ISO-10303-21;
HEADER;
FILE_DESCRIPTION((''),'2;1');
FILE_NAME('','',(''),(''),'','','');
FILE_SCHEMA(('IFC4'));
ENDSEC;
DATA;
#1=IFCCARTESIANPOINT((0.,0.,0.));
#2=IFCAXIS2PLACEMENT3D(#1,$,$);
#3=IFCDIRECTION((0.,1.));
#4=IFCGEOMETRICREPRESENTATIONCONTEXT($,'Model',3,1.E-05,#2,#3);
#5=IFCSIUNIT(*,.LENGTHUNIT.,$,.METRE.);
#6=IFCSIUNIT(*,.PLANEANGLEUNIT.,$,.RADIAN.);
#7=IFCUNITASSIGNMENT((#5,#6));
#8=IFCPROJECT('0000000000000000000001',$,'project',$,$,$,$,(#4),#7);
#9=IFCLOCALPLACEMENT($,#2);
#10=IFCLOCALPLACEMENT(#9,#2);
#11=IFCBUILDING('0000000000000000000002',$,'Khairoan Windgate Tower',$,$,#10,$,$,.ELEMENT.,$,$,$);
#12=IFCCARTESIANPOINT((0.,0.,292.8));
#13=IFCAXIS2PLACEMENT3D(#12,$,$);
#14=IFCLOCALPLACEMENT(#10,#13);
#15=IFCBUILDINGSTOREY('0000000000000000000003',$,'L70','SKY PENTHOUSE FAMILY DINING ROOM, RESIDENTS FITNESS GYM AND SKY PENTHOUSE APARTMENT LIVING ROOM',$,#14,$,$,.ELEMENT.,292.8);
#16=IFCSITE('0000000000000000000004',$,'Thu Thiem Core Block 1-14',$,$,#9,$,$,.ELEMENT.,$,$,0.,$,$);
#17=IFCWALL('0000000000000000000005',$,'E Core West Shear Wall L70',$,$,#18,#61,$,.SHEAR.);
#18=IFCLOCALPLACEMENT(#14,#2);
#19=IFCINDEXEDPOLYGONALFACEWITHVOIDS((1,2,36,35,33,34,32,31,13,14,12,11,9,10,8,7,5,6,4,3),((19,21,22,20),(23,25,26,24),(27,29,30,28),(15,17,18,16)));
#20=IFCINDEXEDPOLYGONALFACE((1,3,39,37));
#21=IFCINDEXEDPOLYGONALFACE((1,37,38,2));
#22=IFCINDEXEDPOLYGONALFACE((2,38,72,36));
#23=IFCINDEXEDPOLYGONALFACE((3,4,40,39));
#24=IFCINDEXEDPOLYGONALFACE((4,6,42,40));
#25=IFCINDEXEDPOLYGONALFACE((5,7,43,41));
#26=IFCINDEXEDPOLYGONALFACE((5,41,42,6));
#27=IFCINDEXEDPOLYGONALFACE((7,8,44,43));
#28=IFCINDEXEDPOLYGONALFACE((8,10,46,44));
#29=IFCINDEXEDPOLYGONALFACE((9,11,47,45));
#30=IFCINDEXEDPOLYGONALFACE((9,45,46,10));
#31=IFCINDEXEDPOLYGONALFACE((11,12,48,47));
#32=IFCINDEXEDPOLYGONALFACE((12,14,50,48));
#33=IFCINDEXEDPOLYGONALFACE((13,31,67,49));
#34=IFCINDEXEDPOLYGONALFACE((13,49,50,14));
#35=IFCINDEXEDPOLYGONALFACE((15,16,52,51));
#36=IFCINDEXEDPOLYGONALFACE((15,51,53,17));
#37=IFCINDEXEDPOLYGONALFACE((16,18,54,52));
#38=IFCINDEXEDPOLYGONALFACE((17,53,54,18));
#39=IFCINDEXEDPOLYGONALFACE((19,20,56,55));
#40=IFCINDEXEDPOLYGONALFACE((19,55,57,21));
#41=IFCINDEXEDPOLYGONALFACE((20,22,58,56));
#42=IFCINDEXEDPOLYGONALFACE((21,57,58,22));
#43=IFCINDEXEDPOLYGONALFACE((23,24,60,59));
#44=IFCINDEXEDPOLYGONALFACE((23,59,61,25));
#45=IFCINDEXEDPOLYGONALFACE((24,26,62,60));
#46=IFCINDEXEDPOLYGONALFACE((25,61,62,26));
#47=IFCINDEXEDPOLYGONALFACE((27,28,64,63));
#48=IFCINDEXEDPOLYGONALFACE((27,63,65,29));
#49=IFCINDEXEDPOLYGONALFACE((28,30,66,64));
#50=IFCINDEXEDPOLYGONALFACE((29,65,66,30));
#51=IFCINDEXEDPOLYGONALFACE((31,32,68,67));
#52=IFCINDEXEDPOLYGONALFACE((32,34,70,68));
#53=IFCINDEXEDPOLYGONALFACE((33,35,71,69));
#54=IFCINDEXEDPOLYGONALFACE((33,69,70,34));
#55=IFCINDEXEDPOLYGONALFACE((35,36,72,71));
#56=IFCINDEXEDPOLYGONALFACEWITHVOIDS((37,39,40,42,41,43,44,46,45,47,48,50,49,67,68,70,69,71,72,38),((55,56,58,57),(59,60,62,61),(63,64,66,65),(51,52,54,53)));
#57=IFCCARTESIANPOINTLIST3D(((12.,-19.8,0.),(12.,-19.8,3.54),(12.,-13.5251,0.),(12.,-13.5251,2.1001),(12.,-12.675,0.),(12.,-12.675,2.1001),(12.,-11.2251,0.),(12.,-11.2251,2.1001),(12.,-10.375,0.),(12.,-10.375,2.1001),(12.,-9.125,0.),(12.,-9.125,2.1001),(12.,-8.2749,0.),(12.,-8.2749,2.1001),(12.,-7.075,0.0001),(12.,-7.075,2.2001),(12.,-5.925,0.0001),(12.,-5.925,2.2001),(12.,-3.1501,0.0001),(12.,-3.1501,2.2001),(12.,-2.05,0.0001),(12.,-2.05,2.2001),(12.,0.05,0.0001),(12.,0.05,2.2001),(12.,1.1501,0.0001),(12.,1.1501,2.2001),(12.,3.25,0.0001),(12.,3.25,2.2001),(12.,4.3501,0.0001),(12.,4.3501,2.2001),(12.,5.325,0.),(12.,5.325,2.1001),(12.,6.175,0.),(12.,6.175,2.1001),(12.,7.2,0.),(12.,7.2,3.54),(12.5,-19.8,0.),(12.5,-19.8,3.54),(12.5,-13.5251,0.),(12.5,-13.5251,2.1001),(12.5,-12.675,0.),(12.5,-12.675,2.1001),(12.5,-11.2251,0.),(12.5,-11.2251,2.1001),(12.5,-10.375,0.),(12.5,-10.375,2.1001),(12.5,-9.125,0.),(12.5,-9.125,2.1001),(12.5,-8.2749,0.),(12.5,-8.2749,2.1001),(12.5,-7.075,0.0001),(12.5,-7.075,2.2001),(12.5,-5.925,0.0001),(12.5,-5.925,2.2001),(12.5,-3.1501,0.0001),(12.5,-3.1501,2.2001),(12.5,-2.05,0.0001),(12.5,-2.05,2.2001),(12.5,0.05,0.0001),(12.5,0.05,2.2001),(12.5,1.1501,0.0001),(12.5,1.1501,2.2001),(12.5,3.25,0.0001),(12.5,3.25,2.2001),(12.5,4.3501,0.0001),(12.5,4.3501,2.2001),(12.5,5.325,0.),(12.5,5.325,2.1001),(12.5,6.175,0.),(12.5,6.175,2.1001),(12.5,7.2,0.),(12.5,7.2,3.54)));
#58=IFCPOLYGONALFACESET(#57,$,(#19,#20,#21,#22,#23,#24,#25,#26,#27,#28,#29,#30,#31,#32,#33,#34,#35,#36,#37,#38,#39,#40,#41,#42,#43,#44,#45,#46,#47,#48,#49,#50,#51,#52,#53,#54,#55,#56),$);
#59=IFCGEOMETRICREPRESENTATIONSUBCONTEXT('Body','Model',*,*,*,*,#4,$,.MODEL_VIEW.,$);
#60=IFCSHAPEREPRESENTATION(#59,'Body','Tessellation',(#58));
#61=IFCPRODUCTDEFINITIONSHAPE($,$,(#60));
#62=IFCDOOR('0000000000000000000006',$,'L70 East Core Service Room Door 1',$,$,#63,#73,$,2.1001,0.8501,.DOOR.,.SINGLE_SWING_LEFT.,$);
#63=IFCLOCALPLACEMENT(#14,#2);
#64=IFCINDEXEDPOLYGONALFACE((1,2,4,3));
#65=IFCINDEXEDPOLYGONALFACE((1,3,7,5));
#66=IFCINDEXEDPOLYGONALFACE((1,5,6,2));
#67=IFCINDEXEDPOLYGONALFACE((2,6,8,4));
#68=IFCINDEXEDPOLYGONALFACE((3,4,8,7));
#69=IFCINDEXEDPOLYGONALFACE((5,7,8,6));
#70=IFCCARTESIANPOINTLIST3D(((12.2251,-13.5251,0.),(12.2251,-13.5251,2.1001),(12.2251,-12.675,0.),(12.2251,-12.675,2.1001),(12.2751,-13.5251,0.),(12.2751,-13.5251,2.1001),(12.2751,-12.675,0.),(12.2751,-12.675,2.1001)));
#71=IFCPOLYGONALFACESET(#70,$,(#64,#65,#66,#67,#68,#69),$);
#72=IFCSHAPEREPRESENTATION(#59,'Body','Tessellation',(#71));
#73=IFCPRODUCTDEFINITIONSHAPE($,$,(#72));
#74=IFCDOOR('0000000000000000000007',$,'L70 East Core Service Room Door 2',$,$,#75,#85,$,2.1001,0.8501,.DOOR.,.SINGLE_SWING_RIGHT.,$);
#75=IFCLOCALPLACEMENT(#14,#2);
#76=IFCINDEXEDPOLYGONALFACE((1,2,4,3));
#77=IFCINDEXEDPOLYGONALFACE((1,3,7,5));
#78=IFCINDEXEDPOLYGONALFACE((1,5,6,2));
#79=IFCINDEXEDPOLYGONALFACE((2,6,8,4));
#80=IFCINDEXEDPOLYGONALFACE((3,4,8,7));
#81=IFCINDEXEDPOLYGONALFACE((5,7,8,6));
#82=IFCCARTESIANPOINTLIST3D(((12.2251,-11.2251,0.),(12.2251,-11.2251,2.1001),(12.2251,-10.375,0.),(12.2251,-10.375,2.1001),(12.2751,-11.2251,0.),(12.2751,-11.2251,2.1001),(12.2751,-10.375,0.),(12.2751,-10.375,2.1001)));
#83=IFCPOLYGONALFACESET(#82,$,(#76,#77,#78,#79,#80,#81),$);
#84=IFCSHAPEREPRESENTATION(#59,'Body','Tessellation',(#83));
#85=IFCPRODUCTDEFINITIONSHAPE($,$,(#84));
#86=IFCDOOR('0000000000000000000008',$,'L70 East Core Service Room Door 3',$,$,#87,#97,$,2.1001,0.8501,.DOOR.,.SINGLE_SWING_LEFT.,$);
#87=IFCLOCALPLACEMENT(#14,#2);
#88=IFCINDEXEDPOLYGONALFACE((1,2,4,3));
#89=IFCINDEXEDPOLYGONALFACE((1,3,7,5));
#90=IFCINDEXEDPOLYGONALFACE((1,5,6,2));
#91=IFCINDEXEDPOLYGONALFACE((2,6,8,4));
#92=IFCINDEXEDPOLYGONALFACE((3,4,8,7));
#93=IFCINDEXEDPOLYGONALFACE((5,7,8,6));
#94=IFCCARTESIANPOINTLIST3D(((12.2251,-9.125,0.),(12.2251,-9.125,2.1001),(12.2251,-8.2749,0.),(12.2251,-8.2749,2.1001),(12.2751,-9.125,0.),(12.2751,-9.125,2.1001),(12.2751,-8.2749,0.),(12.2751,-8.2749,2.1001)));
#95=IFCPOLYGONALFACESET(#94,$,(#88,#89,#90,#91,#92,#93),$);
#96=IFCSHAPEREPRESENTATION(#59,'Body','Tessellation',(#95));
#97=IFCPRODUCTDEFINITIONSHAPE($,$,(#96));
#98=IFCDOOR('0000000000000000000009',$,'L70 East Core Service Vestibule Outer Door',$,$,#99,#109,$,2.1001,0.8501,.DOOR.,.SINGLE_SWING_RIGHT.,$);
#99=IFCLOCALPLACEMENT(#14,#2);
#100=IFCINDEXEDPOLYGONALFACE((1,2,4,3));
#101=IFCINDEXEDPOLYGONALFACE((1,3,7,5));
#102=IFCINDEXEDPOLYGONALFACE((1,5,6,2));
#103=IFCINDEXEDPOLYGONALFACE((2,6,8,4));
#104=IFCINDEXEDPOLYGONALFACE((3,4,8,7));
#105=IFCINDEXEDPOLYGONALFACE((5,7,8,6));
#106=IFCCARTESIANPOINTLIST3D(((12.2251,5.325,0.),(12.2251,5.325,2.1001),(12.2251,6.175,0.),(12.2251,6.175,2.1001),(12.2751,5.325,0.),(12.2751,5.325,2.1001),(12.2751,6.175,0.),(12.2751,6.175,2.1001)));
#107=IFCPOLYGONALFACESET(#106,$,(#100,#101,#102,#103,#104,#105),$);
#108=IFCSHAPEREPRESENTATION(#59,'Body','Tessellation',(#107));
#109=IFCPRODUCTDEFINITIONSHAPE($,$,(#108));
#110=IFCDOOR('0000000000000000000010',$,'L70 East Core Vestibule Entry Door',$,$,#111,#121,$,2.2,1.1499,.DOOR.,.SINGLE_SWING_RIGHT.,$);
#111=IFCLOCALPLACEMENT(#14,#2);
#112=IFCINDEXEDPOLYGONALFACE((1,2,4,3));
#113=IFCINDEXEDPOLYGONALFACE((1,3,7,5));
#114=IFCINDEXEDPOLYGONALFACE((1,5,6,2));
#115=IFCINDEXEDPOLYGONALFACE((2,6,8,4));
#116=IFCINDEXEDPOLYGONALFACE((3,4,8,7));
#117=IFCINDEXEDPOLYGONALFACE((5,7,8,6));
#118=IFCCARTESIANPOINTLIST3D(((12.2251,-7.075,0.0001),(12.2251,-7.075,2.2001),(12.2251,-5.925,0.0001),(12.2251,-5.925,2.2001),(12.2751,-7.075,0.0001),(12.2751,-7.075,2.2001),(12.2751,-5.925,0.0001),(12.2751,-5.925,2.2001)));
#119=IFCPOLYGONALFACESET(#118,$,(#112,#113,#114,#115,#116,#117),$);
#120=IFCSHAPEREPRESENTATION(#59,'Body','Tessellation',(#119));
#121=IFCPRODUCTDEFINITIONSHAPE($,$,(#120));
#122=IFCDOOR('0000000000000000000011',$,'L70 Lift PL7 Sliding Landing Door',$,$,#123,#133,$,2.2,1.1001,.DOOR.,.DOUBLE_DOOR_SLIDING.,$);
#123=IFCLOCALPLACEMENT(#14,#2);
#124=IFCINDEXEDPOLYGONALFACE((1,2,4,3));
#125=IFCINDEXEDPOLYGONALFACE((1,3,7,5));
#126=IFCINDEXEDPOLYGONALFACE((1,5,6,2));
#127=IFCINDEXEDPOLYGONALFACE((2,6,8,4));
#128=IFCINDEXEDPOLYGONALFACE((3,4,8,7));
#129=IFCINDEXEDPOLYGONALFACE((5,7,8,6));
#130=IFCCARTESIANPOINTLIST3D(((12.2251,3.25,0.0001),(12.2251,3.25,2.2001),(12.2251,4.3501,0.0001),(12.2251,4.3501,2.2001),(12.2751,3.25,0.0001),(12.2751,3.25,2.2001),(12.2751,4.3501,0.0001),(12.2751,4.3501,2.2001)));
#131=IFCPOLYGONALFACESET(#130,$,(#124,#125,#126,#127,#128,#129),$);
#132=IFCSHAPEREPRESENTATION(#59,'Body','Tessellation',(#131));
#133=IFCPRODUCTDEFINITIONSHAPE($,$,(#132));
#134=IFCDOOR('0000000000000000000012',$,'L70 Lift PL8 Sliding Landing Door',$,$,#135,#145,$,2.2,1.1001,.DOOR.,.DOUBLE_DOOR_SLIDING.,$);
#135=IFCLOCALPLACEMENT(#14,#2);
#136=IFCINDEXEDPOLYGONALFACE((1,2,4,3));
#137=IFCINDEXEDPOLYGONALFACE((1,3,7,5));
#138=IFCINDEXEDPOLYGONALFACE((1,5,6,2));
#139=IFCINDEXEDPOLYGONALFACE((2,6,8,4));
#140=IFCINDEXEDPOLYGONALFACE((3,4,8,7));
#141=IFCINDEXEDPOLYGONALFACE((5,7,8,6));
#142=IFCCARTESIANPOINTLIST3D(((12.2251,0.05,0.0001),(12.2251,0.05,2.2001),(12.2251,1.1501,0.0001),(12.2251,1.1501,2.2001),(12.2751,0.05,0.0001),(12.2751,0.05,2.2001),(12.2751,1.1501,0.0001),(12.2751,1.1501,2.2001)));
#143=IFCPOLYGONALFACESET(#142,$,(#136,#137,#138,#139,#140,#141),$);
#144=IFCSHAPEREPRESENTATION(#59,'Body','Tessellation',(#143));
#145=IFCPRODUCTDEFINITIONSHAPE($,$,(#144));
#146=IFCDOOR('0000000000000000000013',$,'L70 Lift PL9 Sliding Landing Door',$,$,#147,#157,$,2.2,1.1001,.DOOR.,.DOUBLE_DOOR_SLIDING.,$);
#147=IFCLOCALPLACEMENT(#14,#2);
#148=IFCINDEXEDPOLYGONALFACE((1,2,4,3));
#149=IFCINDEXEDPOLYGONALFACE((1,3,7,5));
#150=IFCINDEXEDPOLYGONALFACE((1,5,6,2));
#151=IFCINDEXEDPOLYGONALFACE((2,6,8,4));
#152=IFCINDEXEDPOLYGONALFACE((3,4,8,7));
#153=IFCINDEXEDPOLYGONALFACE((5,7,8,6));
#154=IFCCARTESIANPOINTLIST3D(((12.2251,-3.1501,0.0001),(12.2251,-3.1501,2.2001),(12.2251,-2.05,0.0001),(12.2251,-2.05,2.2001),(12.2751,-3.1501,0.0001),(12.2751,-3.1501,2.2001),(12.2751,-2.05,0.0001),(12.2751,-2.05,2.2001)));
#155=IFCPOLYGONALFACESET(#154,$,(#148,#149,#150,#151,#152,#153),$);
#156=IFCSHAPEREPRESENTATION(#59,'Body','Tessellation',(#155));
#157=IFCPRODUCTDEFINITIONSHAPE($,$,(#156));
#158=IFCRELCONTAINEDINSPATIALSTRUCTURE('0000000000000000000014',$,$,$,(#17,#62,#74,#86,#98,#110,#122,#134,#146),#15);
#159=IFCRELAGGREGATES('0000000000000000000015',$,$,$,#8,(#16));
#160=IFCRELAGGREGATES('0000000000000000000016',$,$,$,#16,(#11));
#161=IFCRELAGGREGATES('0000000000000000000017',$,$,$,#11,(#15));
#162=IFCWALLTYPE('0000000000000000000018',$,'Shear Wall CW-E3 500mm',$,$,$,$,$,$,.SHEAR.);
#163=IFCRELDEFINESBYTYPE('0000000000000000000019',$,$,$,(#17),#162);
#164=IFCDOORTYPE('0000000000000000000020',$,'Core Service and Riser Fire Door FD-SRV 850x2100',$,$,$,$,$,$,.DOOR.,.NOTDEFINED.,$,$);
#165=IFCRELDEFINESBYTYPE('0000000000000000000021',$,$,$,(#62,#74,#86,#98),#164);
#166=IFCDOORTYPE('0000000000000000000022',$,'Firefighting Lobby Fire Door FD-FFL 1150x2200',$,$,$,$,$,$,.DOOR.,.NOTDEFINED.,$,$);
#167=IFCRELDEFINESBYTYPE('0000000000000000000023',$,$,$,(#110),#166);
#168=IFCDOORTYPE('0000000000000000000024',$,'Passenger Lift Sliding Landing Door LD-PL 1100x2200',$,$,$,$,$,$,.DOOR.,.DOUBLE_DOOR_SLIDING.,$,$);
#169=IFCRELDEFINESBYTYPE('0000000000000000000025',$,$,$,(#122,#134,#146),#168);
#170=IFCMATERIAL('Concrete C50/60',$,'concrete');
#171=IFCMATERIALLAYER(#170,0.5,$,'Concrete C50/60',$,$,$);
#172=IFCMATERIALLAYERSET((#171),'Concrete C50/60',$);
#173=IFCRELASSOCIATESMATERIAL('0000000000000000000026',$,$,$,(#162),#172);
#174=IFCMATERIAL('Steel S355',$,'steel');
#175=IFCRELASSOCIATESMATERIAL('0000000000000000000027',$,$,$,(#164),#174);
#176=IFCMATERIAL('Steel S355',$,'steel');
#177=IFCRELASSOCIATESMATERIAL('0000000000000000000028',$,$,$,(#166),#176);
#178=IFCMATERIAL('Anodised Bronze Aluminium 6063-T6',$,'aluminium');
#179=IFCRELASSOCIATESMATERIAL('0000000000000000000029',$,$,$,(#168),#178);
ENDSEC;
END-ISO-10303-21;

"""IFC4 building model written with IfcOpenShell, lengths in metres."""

from ifc_helpers import new_model, si_unit, direction, frame, frame_2d, origin, place, context, subcontext, project, spatial, rectangle, extrude, material, layer, layer_set, type_object, element, fill, save


model = new_model("IFC4")

# Units and contexts
model_context = context("Model", 3, precision=1e-05, world=origin(), true_north=direction((0.0, 1.0)))
body_context = subcontext(model_context, "Body", "Model", "MODEL_VIEW")
ifc_project = project(units=[si_unit("LENGTHUNIT", "METRE"), si_unit("PLANEANGLEUNIT", "RADIAN")], contexts=[model_context])

# Site, building, storey
site_placement = place(None, origin())
site = spatial("IfcSite", under=ifc_project, at=site_placement, Name="Thu Thiem Core Block 1-14", CompositionType="ELEMENT", RefElevation=0.0)
building_placement = place(site_placement, origin())
building = spatial("IfcBuilding", under=site, at=building_placement, Name="Khairoan Windgate Tower", CompositionType="ELEMENT")
storey_placement = place(building_placement, frame((0.0, 0.0, 292.8)))
storey = spatial("IfcBuildingStorey", under=building, at=storey_placement, Name="L70", Description="SKY PENTHOUSE FAMILY DINING ROOM, RESIDENTS FITNESS GYM AND SKY PENTHOUSE APARTMENT LIVING ROOM", CompositionType="ELEMENT", Elevation=292.8)

# Wall, openings, doors
ifc_material_1 = material(Name="Concrete C50/60", Category="concrete")
ifc_layer_1 = layer(ifc_material_1, 0.5, Name="Concrete C50/60")
ifc_layer_set_1 = layer_set([ifc_layer_1], Name="Concrete C50/60")
wall_type_1 = type_object("IfcWallType", Name="Shear Wall CW-E3 500mm", PredefinedType="SHEAR", material=ifc_layer_set_1)
wall_1_placement = place(storey_placement, frame((12.25, -19.8, 0.0), z_axis=(0.0, 0.0, 1.0), x_axis=(0.0, 1.0, 0.0)))
wall_1 = element("IfcWall", 1, at=wall_1_placement, inside=storey, type_object=wall_type_1, Name="E Core West Shear Wall L70", PredefinedType="SHEAR", context=body_context, shape_type="SweptSolid", body=[
    extrude(rectangle(XDim=27.0, YDim=0.5, at=frame_2d((13.5, 0.0))), origin(), (0.0, 0.0, 1.0), 3.54),
])
opening_1_placement = place(wall_1_placement, frame((23.05, 0.0, 0.0)))
opening_1 = element("IfcOpeningElement", 2, at=opening_1_placement, cuts=wall_1, PredefinedType="OPENING", context=body_context, shape_type="SweptSolid", body=[
    extrude(rectangle(XDim=1.1001, YDim=2.2, at=frame_2d((0.55, 1.1001))), frame((0.0, 0.26, 0.0), z_axis=(0.0, -1.0, 0.0), x_axis=(1.0, 0.0, 0.0)), (0.0, 0.0, 1.0), 0.52),
])
opening_2_placement = place(wall_1_placement, frame((19.8501, 0.0, 0.0)))
opening_2 = element("IfcOpeningElement", 3, at=opening_2_placement, cuts=wall_1, PredefinedType="OPENING", context=body_context, shape_type="SweptSolid", body=[
    extrude(rectangle(XDim=1.1001, YDim=2.2, at=frame_2d((0.55, 1.1001))), frame((0.0, 0.26, 0.0), z_axis=(0.0, -1.0, 0.0), x_axis=(1.0, 0.0, 0.0)), (0.0, 0.0, 1.0), 0.52),
])
opening_3_placement = place(wall_1_placement, frame((16.6499, 0.0, 0.0)))
opening_3 = element("IfcOpeningElement", 4, at=opening_3_placement, cuts=wall_1, PredefinedType="OPENING", context=body_context, shape_type="SweptSolid", body=[
    extrude(rectangle(XDim=1.1001, YDim=2.2, at=frame_2d((0.55, 1.1001))), frame((0.0, 0.26, 0.0), z_axis=(0.0, -1.0, 0.0), x_axis=(1.0, 0.0, 0.0)), (0.0, 0.0, 1.0), 0.52),
])
opening_4_placement = place(wall_1_placement, frame((6.2749, 0.0, 0.0)))
opening_4 = element("IfcOpeningElement", 5, at=opening_4_placement, cuts=wall_1, PredefinedType="OPENING", context=body_context, shape_type="SweptSolid", body=[
    extrude(rectangle(XDim=0.8501, YDim=2.1001, at=frame_2d((0.425, 1.05))), frame((0.0, 0.26, 0.0), z_axis=(0.0, -1.0, 0.0), x_axis=(1.0, 0.0, 0.0)), (0.0, 0.0, 1.0), 0.52),
])
opening_5_placement = place(wall_1_placement, frame((8.575, 0.0, 0.0)))
opening_5 = element("IfcOpeningElement", 6, at=opening_5_placement, cuts=wall_1, PredefinedType="OPENING", context=body_context, shape_type="SweptSolid", body=[
    extrude(rectangle(XDim=0.8501, YDim=2.1001, at=frame_2d((0.425, 1.05))), frame((0.0, 0.26, 0.0), z_axis=(0.0, -1.0, 0.0), x_axis=(1.0, 0.0, 0.0)), (0.0, 0.0, 1.0), 0.52),
])
opening_6_placement = place(wall_1_placement, frame((10.675, 0.0, 0.0)))
opening_6 = element("IfcOpeningElement", 7, at=opening_6_placement, cuts=wall_1, PredefinedType="OPENING", context=body_context, shape_type="SweptSolid", body=[
    extrude(rectangle(XDim=0.8501, YDim=2.1001, at=frame_2d((0.425, 1.05))), frame((0.0, 0.26, 0.0), z_axis=(0.0, -1.0, 0.0), x_axis=(1.0, 0.0, 0.0)), (0.0, 0.0, 1.0), 0.52),
])
opening_7_placement = place(wall_1_placement, frame((12.7251, 0.0, 0.0)))
opening_7 = element("IfcOpeningElement", 8, at=opening_7_placement, cuts=wall_1, PredefinedType="OPENING", context=body_context, shape_type="SweptSolid", body=[
    extrude(rectangle(XDim=1.1499, YDim=2.2, at=frame_2d((0.575, 1.1001))), frame((0.0, 0.26, 0.0), z_axis=(0.0, -1.0, 0.0), x_axis=(1.0, 0.0, 0.0)), (0.0, 0.0, 1.0), 0.52),
])
opening_8_placement = place(wall_1_placement, frame((25.125, 0.0, 0.0)))
opening_8 = element("IfcOpeningElement", 9, at=opening_8_placement, cuts=wall_1, PredefinedType="OPENING", context=body_context, shape_type="SweptSolid", body=[
    extrude(rectangle(XDim=0.8501, YDim=2.1001, at=frame_2d((0.425, 1.05))), frame((0.0, 0.26, 0.0), z_axis=(0.0, -1.0, 0.0), x_axis=(1.0, 0.0, 0.0)), (0.0, 0.0, 1.0), 0.52),
])
ifc_material_2 = material(Name="Steel S355", Category="steel")
door_type_1 = type_object("IfcDoorType", Name="Core Service and Riser Fire Door FD-SRV 850x2100", OperationType="NOTDEFINED", PredefinedType="DOOR", material=ifc_material_2)
door_1_placement = place(opening_4_placement, origin())
door_1 = element("IfcDoor", 10, at=door_1_placement, inside=storey, type_object=door_type_1, Name="L70 East Core Service Room Door 1", OperationType="SINGLE_SWING_LEFT", OverallHeight=2.1001, OverallWidth=0.8501, PredefinedType="DOOR", context=body_context, shape_type="SweptSolid", body=[
    extrude(rectangle(XDim=0.8501, YDim=2.1001, at=frame_2d((0.425, 1.05))), frame((0.0, 0.0249, 0.0), z_axis=(0.0, -1.0, 0.0), x_axis=(1.0, 0.0, 0.0)), (0.0, 0.0, 1.0), 0.05),
])
fill(opening_4, door_1)
door_2_placement = place(opening_5_placement, origin())
door_2 = element("IfcDoor", 11, at=door_2_placement, inside=storey, type_object=door_type_1, Name="L70 East Core Service Room Door 2", OperationType="SINGLE_SWING_RIGHT", OverallHeight=2.1001, OverallWidth=0.8501, PredefinedType="DOOR", context=body_context, shape_type="SweptSolid", body=[
    extrude(rectangle(XDim=0.8501, YDim=2.1001, at=frame_2d((0.425, 1.05))), frame((0.0, 0.0249, 0.0), z_axis=(0.0, -1.0, 0.0), x_axis=(1.0, 0.0, 0.0)), (0.0, 0.0, 1.0), 0.05),
])
fill(opening_5, door_2)
door_3_placement = place(opening_6_placement, origin())
door_3 = element("IfcDoor", 12, at=door_3_placement, inside=storey, type_object=door_type_1, Name="L70 East Core Service Room Door 3", OperationType="SINGLE_SWING_LEFT", OverallHeight=2.1001, OverallWidth=0.8501, PredefinedType="DOOR", context=body_context, shape_type="SweptSolid", body=[
    extrude(rectangle(XDim=0.8501, YDim=2.1001, at=frame_2d((0.425, 1.05))), frame((0.0, 0.0249, 0.0), z_axis=(0.0, -1.0, 0.0), x_axis=(1.0, 0.0, 0.0)), (0.0, 0.0, 1.0), 0.05),
])
fill(opening_6, door_3)
door_4_placement = place(opening_8_placement, origin())
door_4 = element("IfcDoor", 13, at=door_4_placement, inside=storey, type_object=door_type_1, Name="L70 East Core Service Vestibule Outer Door", OperationType="SINGLE_SWING_RIGHT", OverallHeight=2.1001, OverallWidth=0.8501, PredefinedType="DOOR", context=body_context, shape_type="SweptSolid", body=[
    extrude(rectangle(XDim=0.8501, YDim=2.1001, at=frame_2d((0.425, 1.05))), frame((0.0, 0.0249, 0.0), z_axis=(0.0, -1.0, 0.0), x_axis=(1.0, 0.0, 0.0)), (0.0, 0.0, 1.0), 0.05),
])
fill(opening_8, door_4)
ifc_material_3 = material(Name="Steel S355", Category="steel")
door_type_2 = type_object("IfcDoorType", Name="Firefighting Lobby Fire Door FD-FFL 1150x2200", OperationType="NOTDEFINED", PredefinedType="DOOR", material=ifc_material_3)
door_5_placement = place(opening_7_placement, origin())
door_5 = element("IfcDoor", 14, at=door_5_placement, inside=storey, type_object=door_type_2, Name="L70 East Core Vestibule Entry Door", OperationType="SINGLE_SWING_RIGHT", OverallHeight=2.2, OverallWidth=1.1499, PredefinedType="DOOR", context=body_context, shape_type="SweptSolid", body=[
    extrude(rectangle(XDim=1.1499, YDim=2.2, at=frame_2d((0.575, 1.1001))), frame((0.0, 0.0249, 0.0), z_axis=(0.0, -1.0, 0.0), x_axis=(1.0, 0.0, 0.0)), (0.0, 0.0, 1.0), 0.05),
])
fill(opening_7, door_5)
ifc_material_4 = material(Name="Anodised Bronze Aluminium 6063-T6", Category="aluminium")
door_type_3 = type_object("IfcDoorType", Name="Passenger Lift Sliding Landing Door LD-PL 1100x2200", OperationType="DOUBLE_DOOR_SLIDING", PredefinedType="DOOR", material=ifc_material_4)
door_6_placement = place(opening_1_placement, origin())
door_6 = element("IfcDoor", 15, at=door_6_placement, inside=storey, type_object=door_type_3, Name="L70 Lift PL7 Sliding Landing Door", OperationType="DOUBLE_DOOR_SLIDING", OverallHeight=2.2, OverallWidth=1.1001, PredefinedType="DOOR", context=body_context, shape_type="SweptSolid", body=[
    extrude(rectangle(XDim=1.1001, YDim=2.2, at=frame_2d((0.55, 1.1001))), frame((0.0, 0.0249, 0.0), z_axis=(0.0, -1.0, 0.0), x_axis=(1.0, 0.0, 0.0)), (0.0, 0.0, 1.0), 0.05),
])
fill(opening_1, door_6)
door_7_placement = place(opening_2_placement, origin())
door_7 = element("IfcDoor", 16, at=door_7_placement, inside=storey, type_object=door_type_3, Name="L70 Lift PL8 Sliding Landing Door", OperationType="DOUBLE_DOOR_SLIDING", OverallHeight=2.2, OverallWidth=1.1001, PredefinedType="DOOR", context=body_context, shape_type="SweptSolid", body=[
    extrude(rectangle(XDim=1.1001, YDim=2.2, at=frame_2d((0.55, 1.1001))), frame((0.0, 0.0249, 0.0), z_axis=(0.0, -1.0, 0.0), x_axis=(1.0, 0.0, 0.0)), (0.0, 0.0, 1.0), 0.05),
])
fill(opening_2, door_7)
door_8_placement = place(opening_3_placement, origin())
door_8 = element("IfcDoor", 17, at=door_8_placement, inside=storey, type_object=door_type_3, Name="L70 Lift PL9 Sliding Landing Door", OperationType="DOUBLE_DOOR_SLIDING", OverallHeight=2.2, OverallWidth=1.1001, PredefinedType="DOOR", context=body_context, shape_type="SweptSolid", body=[
    extrude(rectangle(XDim=1.1001, YDim=2.2, at=frame_2d((0.55, 1.1001))), frame((0.0, 0.0249, 0.0), z_axis=(0.0, -1.0, 0.0), x_axis=(1.0, 0.0, 0.0)), (0.0, 0.0, 1.0), 0.05),
])
fill(opening_3, door_8)

save(model, "model.ifc")
